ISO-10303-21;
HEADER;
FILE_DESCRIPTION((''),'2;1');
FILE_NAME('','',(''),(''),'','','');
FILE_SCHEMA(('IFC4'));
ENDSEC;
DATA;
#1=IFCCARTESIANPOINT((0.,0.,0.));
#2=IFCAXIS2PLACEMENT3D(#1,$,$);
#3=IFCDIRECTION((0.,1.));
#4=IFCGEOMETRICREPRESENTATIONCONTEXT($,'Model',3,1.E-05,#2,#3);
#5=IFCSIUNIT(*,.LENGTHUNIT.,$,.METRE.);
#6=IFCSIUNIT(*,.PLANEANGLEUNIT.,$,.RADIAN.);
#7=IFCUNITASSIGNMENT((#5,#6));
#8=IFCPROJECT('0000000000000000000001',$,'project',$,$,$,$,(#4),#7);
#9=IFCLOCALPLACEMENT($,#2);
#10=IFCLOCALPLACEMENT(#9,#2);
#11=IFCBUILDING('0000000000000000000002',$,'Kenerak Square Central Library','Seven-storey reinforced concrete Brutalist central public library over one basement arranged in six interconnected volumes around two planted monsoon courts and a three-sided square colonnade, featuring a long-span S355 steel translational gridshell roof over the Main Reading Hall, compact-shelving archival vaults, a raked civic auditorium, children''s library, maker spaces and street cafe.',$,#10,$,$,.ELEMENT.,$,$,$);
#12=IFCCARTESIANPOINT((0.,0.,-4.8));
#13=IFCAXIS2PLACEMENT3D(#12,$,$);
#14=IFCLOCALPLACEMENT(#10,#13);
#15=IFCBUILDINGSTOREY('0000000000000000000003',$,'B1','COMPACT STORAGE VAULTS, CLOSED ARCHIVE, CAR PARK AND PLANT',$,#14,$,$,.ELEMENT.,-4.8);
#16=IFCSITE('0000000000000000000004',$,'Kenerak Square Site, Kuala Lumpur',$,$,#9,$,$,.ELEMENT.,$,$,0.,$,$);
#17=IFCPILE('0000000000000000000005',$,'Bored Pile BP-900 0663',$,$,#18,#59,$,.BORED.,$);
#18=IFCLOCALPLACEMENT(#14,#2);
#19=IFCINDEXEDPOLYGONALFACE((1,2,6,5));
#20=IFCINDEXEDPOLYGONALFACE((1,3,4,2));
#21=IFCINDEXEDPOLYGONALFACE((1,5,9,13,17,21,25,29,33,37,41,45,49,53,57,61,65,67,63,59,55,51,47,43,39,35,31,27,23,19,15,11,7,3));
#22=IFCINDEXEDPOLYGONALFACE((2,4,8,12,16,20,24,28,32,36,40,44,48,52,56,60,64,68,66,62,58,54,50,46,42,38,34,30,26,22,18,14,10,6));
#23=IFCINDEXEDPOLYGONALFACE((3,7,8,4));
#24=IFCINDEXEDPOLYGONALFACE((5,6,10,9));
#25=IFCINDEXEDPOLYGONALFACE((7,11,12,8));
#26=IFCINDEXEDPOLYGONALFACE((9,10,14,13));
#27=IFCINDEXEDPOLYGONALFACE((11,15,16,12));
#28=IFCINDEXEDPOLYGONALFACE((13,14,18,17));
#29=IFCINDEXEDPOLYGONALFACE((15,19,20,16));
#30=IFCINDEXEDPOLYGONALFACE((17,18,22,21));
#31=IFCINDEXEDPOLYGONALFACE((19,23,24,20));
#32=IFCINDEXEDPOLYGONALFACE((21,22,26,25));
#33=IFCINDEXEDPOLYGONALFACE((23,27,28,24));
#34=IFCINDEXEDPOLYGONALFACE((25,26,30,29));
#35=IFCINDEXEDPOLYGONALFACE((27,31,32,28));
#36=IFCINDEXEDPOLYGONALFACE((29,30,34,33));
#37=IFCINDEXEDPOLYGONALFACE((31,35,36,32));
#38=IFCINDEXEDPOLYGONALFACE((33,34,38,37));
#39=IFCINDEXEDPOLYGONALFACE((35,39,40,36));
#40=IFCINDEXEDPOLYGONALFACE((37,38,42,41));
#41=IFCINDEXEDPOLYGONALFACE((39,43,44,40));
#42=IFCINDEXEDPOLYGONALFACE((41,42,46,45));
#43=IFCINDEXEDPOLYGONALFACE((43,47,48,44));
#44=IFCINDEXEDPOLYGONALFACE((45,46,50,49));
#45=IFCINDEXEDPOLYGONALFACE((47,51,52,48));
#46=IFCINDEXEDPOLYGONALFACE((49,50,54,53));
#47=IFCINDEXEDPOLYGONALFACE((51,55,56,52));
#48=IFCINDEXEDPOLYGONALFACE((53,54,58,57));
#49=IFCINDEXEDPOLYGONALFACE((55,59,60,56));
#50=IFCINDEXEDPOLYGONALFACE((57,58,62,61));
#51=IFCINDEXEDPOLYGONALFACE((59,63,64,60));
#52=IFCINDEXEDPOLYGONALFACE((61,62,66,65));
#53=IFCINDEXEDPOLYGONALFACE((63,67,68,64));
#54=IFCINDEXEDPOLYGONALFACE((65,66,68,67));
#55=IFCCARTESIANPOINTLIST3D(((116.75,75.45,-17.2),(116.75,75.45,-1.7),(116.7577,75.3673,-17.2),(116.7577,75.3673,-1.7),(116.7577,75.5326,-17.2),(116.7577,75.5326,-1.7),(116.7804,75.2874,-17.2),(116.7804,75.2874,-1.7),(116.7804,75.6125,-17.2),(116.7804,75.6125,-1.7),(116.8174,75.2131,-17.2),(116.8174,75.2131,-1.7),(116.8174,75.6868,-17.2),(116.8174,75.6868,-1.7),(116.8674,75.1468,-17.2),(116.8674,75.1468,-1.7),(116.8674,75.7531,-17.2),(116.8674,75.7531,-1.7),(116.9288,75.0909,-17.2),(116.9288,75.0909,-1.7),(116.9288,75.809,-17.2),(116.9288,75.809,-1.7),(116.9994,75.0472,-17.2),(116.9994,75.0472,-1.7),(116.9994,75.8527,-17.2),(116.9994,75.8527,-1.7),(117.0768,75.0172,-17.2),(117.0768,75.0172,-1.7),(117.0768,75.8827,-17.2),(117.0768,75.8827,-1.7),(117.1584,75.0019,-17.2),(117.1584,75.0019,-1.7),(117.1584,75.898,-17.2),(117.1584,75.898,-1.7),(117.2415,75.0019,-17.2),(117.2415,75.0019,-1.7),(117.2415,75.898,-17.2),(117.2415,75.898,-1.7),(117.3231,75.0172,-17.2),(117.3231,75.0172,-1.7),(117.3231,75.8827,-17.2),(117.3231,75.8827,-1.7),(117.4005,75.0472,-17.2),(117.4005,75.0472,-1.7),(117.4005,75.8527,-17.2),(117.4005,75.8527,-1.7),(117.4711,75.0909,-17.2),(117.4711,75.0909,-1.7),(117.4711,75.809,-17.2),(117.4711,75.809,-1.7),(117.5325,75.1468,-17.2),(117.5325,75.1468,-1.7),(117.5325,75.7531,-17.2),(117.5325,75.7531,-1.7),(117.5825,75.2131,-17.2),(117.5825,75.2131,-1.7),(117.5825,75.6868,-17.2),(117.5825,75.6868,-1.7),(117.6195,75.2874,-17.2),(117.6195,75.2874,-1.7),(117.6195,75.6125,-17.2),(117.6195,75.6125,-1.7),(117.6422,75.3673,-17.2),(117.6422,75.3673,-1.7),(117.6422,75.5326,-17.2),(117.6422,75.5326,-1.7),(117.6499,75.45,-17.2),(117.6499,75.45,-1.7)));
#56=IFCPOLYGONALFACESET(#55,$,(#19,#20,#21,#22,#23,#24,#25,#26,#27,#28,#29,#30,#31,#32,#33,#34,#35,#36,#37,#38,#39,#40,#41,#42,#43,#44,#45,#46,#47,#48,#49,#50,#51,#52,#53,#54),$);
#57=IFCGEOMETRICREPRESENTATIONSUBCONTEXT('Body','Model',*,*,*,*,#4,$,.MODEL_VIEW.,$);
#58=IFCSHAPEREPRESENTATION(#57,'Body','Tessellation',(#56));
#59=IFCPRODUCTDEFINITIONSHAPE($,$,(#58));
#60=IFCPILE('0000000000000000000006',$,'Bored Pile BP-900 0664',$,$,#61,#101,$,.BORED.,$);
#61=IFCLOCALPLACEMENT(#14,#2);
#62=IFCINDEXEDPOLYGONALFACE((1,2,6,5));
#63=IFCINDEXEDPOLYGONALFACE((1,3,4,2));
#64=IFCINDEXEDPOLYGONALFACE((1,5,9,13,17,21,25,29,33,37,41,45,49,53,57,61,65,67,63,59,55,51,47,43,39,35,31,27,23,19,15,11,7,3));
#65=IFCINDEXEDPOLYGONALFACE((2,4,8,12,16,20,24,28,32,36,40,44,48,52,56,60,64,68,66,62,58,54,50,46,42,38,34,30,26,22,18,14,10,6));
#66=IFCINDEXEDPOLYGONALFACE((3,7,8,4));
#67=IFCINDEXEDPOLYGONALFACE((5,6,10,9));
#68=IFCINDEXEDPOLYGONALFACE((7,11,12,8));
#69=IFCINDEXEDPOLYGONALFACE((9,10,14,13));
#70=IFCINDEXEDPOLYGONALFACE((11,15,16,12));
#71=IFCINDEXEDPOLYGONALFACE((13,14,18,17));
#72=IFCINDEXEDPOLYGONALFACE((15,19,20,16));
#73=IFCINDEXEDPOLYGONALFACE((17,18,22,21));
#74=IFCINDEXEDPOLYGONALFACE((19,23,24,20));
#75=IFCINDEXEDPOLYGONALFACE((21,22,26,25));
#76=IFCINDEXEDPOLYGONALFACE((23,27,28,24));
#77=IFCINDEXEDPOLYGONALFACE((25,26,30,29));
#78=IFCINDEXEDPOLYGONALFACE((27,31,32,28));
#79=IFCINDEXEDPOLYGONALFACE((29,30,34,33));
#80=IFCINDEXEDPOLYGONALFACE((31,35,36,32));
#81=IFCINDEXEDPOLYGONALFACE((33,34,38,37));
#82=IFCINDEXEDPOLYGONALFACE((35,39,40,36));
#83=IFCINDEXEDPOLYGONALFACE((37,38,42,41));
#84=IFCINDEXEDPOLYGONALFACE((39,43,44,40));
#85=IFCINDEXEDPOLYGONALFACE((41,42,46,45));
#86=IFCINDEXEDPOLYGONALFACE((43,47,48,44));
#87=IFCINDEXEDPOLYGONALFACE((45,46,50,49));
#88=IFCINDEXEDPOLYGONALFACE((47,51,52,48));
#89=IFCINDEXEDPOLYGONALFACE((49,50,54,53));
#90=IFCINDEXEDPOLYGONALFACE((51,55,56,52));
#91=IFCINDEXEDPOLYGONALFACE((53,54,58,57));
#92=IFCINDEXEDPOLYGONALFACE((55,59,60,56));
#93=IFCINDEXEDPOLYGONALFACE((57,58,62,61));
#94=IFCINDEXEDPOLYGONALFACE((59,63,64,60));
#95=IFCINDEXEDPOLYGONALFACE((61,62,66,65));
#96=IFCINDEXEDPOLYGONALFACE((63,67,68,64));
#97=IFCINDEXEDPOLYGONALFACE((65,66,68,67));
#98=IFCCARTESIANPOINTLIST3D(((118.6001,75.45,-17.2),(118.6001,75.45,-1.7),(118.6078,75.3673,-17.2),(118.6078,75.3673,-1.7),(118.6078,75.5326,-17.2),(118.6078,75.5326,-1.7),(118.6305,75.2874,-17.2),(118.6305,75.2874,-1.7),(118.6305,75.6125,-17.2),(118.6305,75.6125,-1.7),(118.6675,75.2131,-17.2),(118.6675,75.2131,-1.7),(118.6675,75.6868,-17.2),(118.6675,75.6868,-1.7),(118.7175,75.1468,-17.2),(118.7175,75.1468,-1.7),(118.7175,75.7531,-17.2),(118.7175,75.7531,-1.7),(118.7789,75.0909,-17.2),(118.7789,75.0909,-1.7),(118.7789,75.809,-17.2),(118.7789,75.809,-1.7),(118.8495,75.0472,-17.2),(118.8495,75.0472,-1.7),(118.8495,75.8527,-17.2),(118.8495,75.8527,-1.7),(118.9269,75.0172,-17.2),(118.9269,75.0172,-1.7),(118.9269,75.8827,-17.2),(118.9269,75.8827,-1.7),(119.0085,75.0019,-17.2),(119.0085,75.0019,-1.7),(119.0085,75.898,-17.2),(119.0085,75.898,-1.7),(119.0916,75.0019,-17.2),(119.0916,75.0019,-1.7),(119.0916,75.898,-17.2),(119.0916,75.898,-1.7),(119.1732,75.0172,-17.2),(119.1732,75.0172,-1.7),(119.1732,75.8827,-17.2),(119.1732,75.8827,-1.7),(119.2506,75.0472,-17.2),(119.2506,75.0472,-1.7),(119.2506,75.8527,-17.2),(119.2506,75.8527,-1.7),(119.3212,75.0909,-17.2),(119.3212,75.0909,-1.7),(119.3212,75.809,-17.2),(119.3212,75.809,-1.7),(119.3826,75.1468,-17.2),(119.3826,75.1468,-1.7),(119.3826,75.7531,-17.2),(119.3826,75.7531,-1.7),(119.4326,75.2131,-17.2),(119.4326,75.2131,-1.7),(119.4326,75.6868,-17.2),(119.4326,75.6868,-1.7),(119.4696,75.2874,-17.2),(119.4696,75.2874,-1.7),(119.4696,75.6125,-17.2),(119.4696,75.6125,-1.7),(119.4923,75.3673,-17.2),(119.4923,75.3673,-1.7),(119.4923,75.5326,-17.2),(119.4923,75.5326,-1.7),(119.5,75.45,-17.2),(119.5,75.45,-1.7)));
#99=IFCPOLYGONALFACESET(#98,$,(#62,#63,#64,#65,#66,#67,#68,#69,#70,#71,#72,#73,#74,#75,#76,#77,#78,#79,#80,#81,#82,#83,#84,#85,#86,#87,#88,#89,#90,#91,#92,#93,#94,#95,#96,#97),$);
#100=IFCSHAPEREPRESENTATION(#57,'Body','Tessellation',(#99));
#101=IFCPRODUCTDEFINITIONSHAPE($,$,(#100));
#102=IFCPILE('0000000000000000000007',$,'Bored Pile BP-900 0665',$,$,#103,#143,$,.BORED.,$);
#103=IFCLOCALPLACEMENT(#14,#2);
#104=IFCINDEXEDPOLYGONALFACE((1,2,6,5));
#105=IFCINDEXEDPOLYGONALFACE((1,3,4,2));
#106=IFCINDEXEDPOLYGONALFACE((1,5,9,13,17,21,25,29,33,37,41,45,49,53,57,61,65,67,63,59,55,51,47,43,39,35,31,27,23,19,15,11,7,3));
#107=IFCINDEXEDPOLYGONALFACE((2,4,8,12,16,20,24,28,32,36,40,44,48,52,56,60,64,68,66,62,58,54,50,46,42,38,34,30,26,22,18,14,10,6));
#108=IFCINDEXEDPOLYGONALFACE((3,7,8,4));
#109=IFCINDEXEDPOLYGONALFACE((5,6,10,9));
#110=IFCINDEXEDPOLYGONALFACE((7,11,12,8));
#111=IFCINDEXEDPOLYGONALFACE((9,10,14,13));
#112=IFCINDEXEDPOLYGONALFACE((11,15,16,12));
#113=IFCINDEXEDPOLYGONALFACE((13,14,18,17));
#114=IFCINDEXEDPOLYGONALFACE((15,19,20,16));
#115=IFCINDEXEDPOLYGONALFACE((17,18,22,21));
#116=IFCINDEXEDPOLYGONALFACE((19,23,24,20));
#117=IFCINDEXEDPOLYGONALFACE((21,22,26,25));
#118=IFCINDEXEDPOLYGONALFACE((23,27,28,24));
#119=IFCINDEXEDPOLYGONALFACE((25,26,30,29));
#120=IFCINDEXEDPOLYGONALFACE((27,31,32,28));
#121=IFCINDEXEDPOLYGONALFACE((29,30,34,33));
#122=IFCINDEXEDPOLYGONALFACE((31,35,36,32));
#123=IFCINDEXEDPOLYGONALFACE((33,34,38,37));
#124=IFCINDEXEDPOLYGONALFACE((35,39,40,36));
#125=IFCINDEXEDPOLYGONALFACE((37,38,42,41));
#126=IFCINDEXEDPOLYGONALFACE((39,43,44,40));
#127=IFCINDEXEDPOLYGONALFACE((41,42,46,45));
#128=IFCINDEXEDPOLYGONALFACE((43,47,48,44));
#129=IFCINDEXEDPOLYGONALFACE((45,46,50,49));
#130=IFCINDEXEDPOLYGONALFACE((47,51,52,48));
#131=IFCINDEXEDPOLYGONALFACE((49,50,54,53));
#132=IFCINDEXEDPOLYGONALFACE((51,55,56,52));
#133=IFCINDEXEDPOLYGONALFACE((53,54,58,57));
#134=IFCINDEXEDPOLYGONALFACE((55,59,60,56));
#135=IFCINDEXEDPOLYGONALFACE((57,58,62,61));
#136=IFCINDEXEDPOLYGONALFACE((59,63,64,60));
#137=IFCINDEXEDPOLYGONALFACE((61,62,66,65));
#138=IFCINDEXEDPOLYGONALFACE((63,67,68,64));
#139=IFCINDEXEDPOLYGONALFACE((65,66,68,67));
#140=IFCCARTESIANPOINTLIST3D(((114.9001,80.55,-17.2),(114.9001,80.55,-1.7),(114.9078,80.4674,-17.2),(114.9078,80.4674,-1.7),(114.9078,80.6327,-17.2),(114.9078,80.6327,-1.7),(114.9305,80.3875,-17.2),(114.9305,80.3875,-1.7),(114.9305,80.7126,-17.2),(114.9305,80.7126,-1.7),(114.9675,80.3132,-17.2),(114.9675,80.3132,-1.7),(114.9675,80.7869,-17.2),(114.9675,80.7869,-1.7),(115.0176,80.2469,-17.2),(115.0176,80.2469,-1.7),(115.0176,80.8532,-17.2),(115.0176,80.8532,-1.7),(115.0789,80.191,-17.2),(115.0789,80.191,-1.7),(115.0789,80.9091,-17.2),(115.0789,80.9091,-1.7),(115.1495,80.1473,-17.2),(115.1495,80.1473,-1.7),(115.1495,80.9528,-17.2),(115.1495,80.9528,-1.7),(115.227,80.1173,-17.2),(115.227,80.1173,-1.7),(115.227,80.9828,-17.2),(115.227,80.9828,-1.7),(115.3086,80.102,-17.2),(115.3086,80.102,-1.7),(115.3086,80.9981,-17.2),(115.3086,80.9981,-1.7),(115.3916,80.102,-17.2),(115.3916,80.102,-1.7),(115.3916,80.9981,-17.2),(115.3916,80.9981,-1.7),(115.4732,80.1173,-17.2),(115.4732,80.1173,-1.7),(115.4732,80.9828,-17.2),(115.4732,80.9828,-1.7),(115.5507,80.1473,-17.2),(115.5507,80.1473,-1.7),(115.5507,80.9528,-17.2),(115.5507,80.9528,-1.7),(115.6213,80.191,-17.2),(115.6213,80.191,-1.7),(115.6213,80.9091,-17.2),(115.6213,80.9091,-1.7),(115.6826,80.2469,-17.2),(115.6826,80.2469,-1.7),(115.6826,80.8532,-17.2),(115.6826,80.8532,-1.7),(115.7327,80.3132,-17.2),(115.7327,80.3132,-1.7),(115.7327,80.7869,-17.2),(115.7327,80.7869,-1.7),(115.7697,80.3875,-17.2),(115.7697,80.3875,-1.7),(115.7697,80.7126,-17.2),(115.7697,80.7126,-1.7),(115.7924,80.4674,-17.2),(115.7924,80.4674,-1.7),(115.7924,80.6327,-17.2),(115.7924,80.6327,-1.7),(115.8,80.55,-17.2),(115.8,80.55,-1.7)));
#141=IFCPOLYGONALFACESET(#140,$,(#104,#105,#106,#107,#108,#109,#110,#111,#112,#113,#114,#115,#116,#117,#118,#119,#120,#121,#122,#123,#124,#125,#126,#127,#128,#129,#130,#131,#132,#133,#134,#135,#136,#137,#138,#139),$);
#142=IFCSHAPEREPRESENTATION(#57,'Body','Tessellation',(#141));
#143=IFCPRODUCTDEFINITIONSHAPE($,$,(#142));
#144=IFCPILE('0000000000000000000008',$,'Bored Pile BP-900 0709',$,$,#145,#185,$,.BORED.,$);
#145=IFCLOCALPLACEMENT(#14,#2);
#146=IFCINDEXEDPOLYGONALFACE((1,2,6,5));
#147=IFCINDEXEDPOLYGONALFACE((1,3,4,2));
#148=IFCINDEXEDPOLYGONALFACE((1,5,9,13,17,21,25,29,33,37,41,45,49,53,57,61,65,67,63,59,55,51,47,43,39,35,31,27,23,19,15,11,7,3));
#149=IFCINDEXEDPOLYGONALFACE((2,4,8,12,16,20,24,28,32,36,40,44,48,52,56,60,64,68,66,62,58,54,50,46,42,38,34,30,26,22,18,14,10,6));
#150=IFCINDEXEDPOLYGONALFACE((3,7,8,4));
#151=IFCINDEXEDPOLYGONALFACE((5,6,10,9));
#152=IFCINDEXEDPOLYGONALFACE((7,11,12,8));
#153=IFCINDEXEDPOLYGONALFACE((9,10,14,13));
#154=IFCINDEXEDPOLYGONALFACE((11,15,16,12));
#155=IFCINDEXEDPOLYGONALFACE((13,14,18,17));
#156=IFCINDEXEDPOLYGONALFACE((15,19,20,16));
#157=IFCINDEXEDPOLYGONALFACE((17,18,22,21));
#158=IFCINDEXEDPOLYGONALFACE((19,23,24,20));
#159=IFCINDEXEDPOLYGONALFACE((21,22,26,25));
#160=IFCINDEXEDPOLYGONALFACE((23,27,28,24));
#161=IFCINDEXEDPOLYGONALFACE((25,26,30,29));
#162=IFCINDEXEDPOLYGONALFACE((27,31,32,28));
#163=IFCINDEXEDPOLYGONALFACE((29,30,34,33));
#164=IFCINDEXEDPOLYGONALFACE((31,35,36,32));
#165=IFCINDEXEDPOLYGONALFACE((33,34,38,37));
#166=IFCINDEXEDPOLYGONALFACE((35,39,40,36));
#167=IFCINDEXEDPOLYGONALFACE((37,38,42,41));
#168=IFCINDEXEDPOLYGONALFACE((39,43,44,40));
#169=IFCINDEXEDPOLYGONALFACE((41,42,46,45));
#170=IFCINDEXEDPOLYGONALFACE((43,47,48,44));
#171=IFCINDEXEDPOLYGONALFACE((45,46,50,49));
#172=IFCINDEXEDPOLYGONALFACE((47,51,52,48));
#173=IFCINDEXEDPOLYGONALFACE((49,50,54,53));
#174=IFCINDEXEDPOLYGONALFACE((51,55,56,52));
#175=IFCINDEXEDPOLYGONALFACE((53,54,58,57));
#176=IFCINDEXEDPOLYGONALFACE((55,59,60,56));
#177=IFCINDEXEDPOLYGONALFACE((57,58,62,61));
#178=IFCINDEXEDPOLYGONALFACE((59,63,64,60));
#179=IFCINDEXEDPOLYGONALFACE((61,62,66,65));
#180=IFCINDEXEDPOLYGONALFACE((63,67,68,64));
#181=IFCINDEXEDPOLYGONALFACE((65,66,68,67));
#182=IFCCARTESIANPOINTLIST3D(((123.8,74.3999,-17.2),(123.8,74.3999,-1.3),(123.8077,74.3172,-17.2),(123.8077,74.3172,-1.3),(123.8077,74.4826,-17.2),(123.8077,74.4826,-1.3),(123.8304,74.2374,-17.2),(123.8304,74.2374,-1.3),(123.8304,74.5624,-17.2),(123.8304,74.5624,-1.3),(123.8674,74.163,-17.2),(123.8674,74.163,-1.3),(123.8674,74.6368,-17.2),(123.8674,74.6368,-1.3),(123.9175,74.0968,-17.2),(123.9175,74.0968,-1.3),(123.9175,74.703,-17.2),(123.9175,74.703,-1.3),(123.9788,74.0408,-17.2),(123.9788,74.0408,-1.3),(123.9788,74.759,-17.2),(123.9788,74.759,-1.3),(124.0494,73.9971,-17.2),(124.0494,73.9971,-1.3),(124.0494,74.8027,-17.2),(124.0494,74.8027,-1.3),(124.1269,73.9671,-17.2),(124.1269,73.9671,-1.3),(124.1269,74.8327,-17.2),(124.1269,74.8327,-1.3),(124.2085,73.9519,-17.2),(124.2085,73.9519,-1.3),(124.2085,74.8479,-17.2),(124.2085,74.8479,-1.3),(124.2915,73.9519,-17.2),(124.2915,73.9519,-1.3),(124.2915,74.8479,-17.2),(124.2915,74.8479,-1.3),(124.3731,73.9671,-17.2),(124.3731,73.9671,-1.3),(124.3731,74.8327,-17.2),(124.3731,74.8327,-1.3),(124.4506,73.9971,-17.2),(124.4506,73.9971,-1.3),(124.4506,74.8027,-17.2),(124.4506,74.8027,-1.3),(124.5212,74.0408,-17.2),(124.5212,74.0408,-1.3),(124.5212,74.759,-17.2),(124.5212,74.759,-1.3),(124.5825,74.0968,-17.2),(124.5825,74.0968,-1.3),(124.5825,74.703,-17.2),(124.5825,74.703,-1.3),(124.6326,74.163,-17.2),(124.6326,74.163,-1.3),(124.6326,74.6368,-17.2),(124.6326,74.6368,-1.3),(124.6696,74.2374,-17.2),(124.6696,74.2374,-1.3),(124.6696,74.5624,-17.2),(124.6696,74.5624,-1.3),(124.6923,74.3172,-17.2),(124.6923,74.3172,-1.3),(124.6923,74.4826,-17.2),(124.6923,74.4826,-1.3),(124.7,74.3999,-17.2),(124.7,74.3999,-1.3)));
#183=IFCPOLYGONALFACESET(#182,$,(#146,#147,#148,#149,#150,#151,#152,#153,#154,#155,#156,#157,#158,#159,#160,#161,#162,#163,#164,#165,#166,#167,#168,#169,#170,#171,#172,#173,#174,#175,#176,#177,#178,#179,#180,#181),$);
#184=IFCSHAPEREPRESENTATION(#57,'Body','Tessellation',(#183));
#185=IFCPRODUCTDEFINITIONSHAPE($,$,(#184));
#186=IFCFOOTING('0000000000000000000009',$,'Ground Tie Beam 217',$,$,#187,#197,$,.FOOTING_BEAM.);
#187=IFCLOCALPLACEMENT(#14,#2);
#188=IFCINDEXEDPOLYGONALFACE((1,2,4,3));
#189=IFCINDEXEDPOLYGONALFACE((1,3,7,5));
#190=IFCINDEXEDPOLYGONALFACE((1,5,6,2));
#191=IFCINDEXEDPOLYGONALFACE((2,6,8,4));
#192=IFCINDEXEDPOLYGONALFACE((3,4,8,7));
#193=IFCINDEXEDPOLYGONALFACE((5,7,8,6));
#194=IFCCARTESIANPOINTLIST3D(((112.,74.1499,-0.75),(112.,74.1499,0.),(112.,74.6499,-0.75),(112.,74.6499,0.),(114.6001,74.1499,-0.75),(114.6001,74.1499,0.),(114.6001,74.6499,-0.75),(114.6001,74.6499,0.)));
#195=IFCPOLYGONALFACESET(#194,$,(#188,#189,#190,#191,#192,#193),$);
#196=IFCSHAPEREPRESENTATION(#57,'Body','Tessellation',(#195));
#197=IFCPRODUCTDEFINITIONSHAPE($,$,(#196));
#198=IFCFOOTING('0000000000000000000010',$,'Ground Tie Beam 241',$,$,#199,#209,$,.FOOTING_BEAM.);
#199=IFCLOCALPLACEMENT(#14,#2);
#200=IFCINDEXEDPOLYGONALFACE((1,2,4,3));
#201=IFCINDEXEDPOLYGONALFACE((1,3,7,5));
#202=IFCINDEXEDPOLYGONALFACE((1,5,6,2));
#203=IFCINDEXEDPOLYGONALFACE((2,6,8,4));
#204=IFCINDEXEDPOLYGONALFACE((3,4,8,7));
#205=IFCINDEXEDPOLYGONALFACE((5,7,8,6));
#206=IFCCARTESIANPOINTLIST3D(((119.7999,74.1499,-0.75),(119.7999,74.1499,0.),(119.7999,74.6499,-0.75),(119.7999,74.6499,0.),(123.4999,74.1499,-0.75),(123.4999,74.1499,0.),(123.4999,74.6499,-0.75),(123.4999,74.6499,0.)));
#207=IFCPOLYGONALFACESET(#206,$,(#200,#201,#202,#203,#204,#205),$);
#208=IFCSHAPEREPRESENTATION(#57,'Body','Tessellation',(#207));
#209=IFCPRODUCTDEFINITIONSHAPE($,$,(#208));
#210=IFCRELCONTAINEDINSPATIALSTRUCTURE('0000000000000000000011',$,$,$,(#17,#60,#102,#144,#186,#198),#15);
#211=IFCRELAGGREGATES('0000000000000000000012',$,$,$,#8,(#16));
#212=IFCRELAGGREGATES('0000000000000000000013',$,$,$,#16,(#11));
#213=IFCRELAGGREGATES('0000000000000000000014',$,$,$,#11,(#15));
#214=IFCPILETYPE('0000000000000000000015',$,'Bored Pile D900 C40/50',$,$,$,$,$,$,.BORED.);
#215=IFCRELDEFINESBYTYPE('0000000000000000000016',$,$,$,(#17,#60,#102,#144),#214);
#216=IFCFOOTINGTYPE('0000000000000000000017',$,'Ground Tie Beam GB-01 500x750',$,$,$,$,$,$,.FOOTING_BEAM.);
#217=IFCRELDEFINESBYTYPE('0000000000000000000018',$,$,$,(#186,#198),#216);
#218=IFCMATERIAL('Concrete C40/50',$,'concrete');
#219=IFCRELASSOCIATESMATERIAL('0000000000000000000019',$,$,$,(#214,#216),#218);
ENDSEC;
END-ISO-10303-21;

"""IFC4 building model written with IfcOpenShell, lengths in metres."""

from ifc_helpers import new_model, si_unit, direction, frame, origin, origin_2d, place, context, subcontext, project, spatial, rectangle, circle, extrude, material, material_profile, profile_set, type_object, element, save


model = new_model("IFC4")

# Units and contexts
model_context = context("Model", 3, precision=1e-05, world=origin(), true_north=direction((0.0, 1.0)))
body_context = subcontext(model_context, "Body", "Model", "MODEL_VIEW")
ifc_project = project(units=[si_unit("LENGTHUNIT", "METRE"), si_unit("PLANEANGLEUNIT", "RADIAN")], contexts=[model_context])

# Site, building, storey
site_placement = place(None, origin())
site = spatial("IfcSite", under=ifc_project, at=site_placement, Name="Kenerak Square Site, Kuala Lumpur", CompositionType="ELEMENT", RefElevation=0.0)
building_placement = place(site_placement, origin())
building = spatial("IfcBuilding", under=site, at=building_placement, Name="Kenerak Square Central Library", Description="Seven-storey reinforced concrete Brutalist central public library over one basement arranged in six interconnected volumes around two planted monsoon courts and a three-sided square colonnade, featuring a long-span S355 steel translational gridshell roof over the Main Reading Hall, compact-shelving archival vaults, a raked civic auditorium, children's library, maker spaces and street cafe.", CompositionType="ELEMENT")
storey_placement = place(building_placement, frame((0.0, 0.0, -4.8)))
storey = spatial("IfcBuildingStorey", under=building, at=storey_placement, Name="B1", Description="COMPACT STORAGE VAULTS, CLOSED ARCHIVE, CAR PARK AND PLANT", CompositionType="ELEMENT", Elevation=-4.8)

# Piles
ifc_material_1 = material(Name="Concrete C40/50", Category="concrete")
ifc_material_profile_1 = material_profile(ifc_material_1, circle(Radius=0.45, at=origin_2d()), Name="BP D900")
ifc_profile_set_1 = profile_set([ifc_material_profile_1], Name="Concrete C40/50")
pile_type = type_object("IfcPileType", Name="Bored Pile D900 C40/50", PredefinedType="BORED", material=ifc_profile_set_1)
for number, where, z_axis, x_axis, name in (
    (1, (117.2, 75.45, -1.7), (0.0, 0.0, -1.0), (1.0, 0.0, 0.0), "Bored Pile BP-900 0663"),
    (2, (119.05, 75.45, -1.7), (0.0, 0.0, -1.0), (1.0, 0.0, 0.0), "Bored Pile BP-900 0664"),
    (3, (115.3501, 80.55, -1.7), (0.0, 0.0, -1.0), (1.0, 0.0, 0.0), "Bored Pile BP-900 0665"),
):
    element("IfcPile", number, at=place(storey_placement, frame(where, z_axis=z_axis, x_axis=x_axis)), inside=storey, type_object=pile_type, Name=name, PredefinedType="BORED", context=body_context, shape_type="SweptSolid", body=[
        extrude(circle(Radius=0.45, at=origin_2d()), origin(), (0.0, 0.0, 1.0), 15.5),
    ])
pile_placement = place(storey_placement, frame((124.25, 74.3999, -1.3), z_axis=(0.0, 0.0, -1.0), x_axis=(1.0, 0.0, 0.0)))
element("IfcPile", 4, at=pile_placement, inside=storey, type_object=pile_type, Name="Bored Pile BP-900 0709", PredefinedType="BORED", context=body_context, shape_type="SweptSolid", body=[
    extrude(circle(Radius=0.45, at=origin_2d()), origin(), (0.0, 0.0, 1.0), 15.8999),
])

# Footings
footing_type_1 = type_object("IfcFootingType", Name="Ground Tie Beam GB-01 500x750", PredefinedType="FOOTING_BEAM", material=ifc_material_1)
footing_1_placement = place(storey_placement, frame((113.3, 74.3999, -0.75), z_axis=(0.0, 0.0, 1.0), x_axis=(1.0, 0.0, 0.0)))
element("IfcFooting", 5, at=footing_1_placement, inside=storey, type_object=footing_type_1, Name="Ground Tie Beam 217", PredefinedType="FOOTING_BEAM", context=body_context, shape_type="SweptSolid", body=[
    extrude(rectangle(XDim=2.6001, YDim=0.5, at=origin_2d()), origin(), (0.0, 0.0, 1.0), 0.75),
])
footing_2_placement = place(storey_placement, frame((121.6499, 74.3999, -0.75), z_axis=(0.0, 0.0, 1.0), x_axis=(1.0, 0.0, 0.0)))
element("IfcFooting", 6, at=footing_2_placement, inside=storey, type_object=footing_type_1, Name="Ground Tie Beam 241", PredefinedType="FOOTING_BEAM", context=body_context, shape_type="SweptSolid", body=[
    extrude(rectangle(XDim=3.7, YDim=0.5, at=origin_2d()), origin(), (0.0, 0.0, 1.0), 0.75),
])

save(model, "model.ifc")
